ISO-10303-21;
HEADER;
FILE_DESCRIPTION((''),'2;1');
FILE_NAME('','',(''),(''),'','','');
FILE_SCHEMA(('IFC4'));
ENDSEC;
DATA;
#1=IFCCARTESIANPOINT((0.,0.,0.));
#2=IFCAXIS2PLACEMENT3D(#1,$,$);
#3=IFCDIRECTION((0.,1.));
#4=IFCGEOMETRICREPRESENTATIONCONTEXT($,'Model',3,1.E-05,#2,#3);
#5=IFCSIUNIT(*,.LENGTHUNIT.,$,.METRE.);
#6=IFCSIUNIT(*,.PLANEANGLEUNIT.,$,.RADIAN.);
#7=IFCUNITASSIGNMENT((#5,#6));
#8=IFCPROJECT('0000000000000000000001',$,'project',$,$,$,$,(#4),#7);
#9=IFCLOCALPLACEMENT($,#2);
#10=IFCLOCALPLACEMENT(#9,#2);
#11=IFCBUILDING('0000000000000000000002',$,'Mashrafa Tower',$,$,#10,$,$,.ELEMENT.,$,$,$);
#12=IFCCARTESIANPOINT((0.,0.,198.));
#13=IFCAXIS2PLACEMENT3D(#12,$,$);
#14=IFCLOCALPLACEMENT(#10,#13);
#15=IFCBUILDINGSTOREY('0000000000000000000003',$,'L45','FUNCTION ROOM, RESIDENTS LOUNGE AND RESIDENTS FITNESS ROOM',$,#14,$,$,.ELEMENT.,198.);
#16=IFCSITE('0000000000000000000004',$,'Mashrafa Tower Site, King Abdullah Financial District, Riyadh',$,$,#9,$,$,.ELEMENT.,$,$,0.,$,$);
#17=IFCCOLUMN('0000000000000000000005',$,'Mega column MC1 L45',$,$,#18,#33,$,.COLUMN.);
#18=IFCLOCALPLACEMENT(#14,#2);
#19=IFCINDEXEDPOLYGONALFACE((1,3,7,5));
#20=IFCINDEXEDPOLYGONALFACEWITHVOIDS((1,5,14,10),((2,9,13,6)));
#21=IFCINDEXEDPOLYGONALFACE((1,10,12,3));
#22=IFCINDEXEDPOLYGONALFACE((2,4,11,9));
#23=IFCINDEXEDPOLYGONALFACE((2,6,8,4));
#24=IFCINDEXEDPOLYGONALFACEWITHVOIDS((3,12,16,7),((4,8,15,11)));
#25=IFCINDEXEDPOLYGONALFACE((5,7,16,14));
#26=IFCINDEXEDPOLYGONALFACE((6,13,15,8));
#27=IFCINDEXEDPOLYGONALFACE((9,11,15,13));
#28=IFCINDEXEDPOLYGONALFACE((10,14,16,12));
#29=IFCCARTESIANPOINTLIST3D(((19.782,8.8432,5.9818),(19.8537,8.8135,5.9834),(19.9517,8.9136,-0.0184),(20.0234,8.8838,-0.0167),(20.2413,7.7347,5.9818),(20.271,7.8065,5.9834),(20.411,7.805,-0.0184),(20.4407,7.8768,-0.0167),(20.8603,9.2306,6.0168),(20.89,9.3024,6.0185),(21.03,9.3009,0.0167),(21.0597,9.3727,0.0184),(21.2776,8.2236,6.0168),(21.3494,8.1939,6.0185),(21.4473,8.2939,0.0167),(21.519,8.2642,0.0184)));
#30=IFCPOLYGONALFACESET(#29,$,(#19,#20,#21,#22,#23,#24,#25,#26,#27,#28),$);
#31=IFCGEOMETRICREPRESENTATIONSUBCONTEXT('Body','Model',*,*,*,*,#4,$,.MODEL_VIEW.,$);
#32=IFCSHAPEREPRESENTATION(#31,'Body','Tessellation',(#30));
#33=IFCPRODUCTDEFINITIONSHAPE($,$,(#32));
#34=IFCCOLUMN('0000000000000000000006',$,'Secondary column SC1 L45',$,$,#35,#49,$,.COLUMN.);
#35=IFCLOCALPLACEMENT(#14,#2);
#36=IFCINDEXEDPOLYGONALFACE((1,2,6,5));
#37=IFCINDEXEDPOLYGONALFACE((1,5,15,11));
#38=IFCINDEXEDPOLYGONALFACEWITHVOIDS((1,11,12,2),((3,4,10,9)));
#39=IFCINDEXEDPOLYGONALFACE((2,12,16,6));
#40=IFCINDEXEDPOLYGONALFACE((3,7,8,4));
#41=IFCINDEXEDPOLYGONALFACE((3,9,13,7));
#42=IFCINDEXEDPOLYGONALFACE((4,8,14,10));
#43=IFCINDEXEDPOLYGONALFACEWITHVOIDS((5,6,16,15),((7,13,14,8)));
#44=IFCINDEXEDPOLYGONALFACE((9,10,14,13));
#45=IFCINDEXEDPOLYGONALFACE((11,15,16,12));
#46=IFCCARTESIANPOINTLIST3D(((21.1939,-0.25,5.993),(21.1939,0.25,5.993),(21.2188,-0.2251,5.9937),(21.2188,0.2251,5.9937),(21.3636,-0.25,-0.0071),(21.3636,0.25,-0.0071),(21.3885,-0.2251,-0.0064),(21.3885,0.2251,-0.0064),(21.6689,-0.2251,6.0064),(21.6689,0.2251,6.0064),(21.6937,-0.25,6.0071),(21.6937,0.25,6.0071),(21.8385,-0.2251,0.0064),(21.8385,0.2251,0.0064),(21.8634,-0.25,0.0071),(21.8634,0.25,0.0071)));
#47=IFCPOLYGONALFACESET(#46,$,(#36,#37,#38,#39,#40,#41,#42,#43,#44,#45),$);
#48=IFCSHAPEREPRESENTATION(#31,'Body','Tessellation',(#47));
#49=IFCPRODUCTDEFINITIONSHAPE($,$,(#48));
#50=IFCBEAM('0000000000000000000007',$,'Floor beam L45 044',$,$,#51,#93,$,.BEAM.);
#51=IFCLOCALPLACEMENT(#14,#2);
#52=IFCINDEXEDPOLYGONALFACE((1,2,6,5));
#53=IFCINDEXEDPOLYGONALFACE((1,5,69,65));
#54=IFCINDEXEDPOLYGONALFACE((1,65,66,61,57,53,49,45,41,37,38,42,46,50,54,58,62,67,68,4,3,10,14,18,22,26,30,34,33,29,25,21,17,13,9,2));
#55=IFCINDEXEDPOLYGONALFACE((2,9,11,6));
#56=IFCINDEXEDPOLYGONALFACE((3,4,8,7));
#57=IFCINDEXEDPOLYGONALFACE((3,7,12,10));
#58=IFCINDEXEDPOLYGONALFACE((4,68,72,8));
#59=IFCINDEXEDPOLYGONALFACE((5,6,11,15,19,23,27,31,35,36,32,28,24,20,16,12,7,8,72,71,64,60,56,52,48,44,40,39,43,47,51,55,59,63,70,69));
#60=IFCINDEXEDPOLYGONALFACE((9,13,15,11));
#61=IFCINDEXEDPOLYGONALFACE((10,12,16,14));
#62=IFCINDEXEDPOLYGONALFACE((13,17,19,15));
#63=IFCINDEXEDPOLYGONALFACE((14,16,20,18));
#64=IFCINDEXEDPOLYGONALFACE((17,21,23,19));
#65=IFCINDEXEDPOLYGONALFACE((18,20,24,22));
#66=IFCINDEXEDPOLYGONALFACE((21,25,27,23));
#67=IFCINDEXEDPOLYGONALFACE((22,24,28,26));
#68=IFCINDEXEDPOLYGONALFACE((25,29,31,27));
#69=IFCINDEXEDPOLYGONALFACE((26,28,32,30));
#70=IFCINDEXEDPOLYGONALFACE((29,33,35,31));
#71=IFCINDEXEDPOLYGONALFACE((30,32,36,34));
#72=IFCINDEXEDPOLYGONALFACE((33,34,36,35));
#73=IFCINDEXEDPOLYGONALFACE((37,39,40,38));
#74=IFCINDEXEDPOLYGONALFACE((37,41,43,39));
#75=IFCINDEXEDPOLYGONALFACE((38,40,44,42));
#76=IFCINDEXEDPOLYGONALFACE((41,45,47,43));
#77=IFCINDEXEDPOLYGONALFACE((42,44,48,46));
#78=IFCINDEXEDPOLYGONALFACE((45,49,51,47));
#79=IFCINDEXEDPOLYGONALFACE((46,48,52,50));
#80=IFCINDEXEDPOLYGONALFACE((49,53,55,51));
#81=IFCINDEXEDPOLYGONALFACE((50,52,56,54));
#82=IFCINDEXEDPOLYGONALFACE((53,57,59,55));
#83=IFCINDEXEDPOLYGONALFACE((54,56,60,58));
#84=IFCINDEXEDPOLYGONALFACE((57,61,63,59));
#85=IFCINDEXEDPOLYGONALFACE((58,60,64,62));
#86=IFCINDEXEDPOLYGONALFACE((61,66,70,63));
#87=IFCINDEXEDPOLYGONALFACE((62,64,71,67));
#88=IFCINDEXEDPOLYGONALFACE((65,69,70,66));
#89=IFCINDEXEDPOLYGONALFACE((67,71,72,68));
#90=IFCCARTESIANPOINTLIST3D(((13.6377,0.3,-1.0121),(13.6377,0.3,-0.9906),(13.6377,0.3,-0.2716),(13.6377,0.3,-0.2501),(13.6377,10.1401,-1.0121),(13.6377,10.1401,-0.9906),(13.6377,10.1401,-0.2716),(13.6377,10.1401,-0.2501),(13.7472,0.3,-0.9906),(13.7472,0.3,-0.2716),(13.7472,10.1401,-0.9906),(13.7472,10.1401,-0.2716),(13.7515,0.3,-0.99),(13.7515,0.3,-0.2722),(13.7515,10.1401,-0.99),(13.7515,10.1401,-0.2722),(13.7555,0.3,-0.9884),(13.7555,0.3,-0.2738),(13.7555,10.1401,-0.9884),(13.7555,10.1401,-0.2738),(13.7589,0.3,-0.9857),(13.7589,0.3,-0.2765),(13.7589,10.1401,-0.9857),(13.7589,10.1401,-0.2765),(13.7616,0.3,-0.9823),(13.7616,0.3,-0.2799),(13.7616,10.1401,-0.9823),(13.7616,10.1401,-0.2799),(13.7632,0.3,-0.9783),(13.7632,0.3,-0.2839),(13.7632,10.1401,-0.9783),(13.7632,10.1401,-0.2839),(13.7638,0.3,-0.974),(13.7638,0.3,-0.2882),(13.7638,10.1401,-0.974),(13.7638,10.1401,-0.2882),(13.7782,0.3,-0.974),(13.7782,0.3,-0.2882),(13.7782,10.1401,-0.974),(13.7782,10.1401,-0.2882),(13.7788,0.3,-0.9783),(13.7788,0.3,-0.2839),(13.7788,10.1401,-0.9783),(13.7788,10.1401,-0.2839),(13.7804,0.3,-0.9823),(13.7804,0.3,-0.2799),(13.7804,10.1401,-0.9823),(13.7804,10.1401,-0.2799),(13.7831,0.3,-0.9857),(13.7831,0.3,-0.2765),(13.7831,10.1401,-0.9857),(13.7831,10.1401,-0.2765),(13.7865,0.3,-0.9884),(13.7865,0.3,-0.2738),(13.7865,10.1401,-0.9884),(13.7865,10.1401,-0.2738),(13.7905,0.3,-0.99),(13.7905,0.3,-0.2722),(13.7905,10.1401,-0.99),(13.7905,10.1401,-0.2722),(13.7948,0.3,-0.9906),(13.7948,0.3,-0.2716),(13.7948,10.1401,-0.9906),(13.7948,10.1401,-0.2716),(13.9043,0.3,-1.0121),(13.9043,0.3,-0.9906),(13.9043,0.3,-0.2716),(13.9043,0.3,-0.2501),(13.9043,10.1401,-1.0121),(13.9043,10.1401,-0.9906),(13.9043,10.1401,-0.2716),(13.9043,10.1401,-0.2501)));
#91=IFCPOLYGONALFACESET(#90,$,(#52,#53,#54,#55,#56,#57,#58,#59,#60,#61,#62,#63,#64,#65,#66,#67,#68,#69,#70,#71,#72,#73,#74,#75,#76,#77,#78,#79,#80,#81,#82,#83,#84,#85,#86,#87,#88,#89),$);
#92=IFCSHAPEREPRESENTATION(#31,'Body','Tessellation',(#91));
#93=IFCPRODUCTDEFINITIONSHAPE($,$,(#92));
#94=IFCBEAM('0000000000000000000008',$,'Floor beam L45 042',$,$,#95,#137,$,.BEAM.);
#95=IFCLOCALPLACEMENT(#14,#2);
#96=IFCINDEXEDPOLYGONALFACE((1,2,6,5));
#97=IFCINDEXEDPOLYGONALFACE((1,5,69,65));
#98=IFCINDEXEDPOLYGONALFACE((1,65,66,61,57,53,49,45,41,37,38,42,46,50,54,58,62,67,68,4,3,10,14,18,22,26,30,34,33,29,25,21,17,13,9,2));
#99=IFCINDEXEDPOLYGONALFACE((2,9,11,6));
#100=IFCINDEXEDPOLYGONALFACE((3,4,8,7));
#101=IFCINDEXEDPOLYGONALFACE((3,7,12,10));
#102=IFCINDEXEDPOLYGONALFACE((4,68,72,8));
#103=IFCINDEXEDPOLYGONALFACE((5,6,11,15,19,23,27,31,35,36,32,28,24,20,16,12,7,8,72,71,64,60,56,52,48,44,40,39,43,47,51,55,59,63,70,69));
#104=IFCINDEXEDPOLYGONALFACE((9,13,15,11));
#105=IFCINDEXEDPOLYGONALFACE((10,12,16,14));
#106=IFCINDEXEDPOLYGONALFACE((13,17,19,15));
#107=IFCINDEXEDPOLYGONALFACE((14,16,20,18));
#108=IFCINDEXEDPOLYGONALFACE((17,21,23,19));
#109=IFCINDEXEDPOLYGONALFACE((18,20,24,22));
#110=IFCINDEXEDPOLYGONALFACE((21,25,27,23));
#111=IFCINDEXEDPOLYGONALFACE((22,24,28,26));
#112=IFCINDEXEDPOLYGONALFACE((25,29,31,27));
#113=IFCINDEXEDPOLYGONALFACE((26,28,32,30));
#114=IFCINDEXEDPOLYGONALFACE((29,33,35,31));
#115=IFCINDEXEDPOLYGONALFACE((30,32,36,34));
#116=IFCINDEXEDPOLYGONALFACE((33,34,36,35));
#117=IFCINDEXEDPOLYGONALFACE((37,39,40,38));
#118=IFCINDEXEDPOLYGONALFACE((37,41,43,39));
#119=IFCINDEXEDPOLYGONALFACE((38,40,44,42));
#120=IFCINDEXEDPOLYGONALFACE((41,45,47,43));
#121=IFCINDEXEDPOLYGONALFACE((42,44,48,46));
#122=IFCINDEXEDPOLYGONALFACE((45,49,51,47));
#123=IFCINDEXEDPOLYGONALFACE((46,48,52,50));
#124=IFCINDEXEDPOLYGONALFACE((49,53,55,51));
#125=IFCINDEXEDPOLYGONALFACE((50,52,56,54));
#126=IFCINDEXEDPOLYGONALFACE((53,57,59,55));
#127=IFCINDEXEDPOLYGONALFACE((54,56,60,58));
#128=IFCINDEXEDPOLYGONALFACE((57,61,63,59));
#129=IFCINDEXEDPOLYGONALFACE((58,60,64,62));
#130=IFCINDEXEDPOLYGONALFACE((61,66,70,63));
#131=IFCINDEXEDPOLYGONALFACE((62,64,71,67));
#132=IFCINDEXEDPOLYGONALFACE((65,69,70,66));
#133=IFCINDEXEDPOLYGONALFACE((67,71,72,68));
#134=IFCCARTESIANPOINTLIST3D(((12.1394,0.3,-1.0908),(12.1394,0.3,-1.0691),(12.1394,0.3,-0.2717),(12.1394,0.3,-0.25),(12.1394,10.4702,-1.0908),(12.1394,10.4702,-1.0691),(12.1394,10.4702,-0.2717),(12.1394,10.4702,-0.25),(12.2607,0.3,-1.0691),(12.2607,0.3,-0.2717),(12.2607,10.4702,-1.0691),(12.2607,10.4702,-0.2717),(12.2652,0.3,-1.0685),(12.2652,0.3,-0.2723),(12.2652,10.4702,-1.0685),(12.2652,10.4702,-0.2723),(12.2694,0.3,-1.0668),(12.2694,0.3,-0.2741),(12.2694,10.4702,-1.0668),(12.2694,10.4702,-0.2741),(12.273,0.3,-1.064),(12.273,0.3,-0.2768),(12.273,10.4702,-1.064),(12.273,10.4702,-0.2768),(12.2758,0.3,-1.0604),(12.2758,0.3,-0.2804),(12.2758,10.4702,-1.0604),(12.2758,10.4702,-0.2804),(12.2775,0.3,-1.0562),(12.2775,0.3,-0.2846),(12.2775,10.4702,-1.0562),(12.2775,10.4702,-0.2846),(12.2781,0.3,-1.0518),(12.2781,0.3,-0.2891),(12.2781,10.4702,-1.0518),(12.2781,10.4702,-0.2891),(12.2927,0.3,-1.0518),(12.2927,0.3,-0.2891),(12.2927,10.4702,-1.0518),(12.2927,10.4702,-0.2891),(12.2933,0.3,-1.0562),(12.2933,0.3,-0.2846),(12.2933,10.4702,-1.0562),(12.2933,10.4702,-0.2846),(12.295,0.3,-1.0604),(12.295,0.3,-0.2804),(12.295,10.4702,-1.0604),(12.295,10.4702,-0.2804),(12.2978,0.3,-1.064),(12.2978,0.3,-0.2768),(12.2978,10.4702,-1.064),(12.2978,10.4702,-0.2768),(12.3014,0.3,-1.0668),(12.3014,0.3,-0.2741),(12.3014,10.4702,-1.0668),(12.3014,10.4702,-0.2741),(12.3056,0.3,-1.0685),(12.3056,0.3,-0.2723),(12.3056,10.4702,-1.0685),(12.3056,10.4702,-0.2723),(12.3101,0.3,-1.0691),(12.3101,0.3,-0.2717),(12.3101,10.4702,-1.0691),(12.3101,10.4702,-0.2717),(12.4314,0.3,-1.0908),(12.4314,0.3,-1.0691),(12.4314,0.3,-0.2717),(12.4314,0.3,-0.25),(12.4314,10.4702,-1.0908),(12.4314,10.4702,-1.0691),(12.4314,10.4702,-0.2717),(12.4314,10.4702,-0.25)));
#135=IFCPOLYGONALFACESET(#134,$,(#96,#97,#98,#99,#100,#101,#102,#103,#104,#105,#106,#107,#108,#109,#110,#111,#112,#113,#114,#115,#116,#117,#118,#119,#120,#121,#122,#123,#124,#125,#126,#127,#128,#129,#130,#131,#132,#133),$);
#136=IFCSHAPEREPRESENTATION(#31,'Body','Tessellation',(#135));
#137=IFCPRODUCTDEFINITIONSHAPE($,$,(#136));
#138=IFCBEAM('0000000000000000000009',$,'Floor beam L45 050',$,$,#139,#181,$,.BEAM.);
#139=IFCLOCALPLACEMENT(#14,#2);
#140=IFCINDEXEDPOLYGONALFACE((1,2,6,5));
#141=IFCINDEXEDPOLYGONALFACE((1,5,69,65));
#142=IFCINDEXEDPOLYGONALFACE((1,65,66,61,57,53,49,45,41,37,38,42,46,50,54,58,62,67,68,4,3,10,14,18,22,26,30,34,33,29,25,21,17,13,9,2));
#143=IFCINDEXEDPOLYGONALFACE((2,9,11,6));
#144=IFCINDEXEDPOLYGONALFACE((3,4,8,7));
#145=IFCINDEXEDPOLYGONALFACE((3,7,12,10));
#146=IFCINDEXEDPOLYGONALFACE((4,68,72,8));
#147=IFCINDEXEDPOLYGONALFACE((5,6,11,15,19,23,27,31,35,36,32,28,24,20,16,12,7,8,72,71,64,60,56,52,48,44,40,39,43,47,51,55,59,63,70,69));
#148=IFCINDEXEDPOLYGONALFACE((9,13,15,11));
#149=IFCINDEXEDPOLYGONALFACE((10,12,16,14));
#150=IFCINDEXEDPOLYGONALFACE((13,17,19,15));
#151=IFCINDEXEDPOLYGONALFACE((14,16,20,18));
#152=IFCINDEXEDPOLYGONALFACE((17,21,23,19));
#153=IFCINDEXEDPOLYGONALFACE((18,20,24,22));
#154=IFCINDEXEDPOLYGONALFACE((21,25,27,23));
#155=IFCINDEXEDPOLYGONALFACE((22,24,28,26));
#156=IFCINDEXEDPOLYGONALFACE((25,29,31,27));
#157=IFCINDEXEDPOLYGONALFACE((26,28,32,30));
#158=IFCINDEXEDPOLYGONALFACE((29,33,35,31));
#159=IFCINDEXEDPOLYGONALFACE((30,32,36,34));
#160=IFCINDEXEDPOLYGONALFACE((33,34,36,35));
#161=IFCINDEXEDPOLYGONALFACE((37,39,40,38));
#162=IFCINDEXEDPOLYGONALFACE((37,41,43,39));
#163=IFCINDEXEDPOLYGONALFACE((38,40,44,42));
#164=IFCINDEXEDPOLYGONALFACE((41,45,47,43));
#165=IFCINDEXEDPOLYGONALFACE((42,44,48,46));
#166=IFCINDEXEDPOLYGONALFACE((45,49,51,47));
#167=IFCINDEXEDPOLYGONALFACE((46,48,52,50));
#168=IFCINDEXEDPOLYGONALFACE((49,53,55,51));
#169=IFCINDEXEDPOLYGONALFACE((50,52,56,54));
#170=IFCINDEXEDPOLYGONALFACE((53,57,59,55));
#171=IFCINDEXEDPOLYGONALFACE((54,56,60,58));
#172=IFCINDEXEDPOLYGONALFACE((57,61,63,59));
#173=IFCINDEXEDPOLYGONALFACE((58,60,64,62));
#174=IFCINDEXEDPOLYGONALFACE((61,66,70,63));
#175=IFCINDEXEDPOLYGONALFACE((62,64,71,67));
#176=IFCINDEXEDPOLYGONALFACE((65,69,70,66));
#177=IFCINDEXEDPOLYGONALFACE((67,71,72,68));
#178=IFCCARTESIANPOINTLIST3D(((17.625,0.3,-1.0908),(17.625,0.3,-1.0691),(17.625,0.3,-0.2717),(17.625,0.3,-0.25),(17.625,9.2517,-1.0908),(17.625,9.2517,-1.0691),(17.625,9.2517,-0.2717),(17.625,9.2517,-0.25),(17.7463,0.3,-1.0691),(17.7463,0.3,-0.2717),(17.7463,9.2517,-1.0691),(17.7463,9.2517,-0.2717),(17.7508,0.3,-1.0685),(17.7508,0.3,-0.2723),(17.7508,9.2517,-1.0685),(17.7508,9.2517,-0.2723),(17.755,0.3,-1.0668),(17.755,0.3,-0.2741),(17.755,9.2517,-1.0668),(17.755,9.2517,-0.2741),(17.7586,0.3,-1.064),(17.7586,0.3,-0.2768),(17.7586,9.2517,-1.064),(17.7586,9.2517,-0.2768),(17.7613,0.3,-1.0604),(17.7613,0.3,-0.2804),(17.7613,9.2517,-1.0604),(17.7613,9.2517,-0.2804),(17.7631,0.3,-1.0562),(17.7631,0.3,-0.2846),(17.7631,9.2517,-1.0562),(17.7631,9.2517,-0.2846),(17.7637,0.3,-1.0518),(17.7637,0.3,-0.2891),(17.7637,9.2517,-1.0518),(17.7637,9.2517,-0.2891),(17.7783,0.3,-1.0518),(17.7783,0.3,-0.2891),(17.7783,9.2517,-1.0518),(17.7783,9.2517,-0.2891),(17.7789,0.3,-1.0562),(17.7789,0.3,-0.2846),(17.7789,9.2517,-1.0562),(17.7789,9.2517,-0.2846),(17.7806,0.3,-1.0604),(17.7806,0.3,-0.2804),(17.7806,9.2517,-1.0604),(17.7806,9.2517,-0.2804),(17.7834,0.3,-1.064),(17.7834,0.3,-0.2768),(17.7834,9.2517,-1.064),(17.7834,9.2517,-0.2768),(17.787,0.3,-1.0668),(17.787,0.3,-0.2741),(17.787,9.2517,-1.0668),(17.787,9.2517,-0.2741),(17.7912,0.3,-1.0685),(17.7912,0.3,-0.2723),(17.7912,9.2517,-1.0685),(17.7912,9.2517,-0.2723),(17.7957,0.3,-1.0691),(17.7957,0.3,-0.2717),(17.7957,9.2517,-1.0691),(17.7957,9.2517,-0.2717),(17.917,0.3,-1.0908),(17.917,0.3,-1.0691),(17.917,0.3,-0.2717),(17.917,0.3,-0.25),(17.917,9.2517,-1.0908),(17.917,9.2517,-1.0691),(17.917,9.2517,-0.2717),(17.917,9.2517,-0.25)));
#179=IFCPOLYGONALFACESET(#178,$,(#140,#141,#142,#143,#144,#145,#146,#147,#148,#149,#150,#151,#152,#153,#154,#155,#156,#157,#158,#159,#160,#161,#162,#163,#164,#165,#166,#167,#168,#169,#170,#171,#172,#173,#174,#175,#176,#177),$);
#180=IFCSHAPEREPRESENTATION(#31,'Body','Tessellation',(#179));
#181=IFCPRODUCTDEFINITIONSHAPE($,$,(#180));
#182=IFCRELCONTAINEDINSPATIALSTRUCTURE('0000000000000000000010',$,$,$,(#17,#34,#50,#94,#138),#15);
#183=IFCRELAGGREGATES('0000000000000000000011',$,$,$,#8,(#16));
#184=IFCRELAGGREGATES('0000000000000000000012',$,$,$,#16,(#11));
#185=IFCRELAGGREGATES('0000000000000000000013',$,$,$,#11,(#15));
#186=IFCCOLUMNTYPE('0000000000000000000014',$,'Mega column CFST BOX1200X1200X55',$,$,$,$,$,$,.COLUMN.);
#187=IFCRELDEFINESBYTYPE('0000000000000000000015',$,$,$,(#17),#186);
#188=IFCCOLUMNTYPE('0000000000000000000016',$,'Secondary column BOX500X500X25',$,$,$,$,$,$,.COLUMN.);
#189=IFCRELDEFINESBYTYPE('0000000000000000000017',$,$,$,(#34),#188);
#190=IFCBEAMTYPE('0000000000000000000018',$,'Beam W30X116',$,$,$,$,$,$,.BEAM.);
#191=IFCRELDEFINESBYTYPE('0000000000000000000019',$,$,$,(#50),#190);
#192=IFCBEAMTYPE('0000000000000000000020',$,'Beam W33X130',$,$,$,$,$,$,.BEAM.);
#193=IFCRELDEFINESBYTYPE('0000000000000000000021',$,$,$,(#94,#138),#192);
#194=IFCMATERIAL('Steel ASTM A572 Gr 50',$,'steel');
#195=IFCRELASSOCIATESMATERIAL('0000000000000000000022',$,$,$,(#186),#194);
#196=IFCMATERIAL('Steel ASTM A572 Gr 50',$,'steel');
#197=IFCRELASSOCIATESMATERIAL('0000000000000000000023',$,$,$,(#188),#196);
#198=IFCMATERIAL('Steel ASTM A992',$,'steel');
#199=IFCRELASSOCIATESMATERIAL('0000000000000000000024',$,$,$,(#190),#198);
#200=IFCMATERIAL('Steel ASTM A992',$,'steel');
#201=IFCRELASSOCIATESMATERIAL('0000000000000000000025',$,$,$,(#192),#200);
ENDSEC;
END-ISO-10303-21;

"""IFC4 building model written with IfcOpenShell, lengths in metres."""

from ifc_helpers import new_model, si_unit, direction, frame, origin, origin_2d, place, context, subcontext, project, spatial, hollow_rectangle, i_section, extrude, material, material_profile, profile_set, type_object, element, save


model = new_model("IFC4")

# Units and contexts
model_context = context("Model", 3, precision=1e-05, world=origin(), true_north=direction((0.0, 1.0)))
body_context = subcontext(model_context, "Body", "Model", "MODEL_VIEW")
ifc_project = project(units=[si_unit("LENGTHUNIT", "METRE"), si_unit("PLANEANGLEUNIT", "RADIAN")], contexts=[model_context])

# Site, building, storey
site_placement = place(None, origin())
site = spatial("IfcSite", under=ifc_project, at=site_placement, Name="Mashrafa Tower Site, King Abdullah Financial District, Riyadh", CompositionType="ELEMENT", RefElevation=0.0)
building_placement = place(site_placement, origin())
building = spatial("IfcBuilding", under=site, at=building_placement, Name="Mashrafa Tower", CompositionType="ELEMENT")
storey_placement = place(building_placement, frame((0.0, 0.0, 198.0)))
storey = spatial("IfcBuildingStorey", under=building, at=storey_placement, Name="L45", Description="FUNCTION ROOM, RESIDENTS LOUNGE AND RESIDENTS FITNESS ROOM", CompositionType="ELEMENT", Elevation=198.0)

# Columns
ifc_material_1 = material(Name="Steel ASTM A572 Gr 50", Category="steel")
ifc_material_profile_1 = material_profile(ifc_material_1, hollow_rectangle(XDim=1.2, YDim=1.2, WallThickness=0.0549, at=origin_2d()), Name="BOX1200X1200X55")
ifc_profile_set_1 = profile_set([ifc_material_profile_1], Name="Steel ASTM A572 Gr 50")
column_type_1 = type_object("IfcColumnType", Name="Mega column CFST BOX1200X1200X55", PredefinedType="COLUMN", material=ifc_profile_set_1)
column_1_placement = place(storey_placement, frame((20.7354, 8.5889, 0.0), z_axis=(-0.028266, -0.011713, 0.999532), x_axis=(0.382821, -0.923822, 0.0)))
element("IfcColumn", 1, at=column_1_placement, inside=storey, type_object=column_type_1, Name="Mega column MC1 L45", PredefinedType="COLUMN", context=body_context, shape_type="SweptSolid", body=[
    extrude(hollow_rectangle(XDim=1.2, YDim=1.2, WallThickness=0.0549, at=origin_2d()), origin(), (0.0, 0.0, 1.0), 6.0029),
])
ifc_material_2 = material(Name="Steel ASTM A572 Gr 50", Category="steel")
ifc_material_profile_2 = material_profile(ifc_material_2, hollow_rectangle(XDim=0.5, YDim=0.5, WallThickness=0.0249, at=origin_2d()), Name="BOX500X500X25")
ifc_profile_set_2 = profile_set([ifc_material_profile_2], Name="Steel ASTM A572 Gr 50")
column_type_2 = type_object("IfcColumnType", Name="Secondary column BOX500X500X25", PredefinedType="COLUMN", material=ifc_profile_set_2)
column_2_placement = place(storey_placement, frame((21.6135, 0.0, 0.0), z_axis=(-0.028268, 0.0, 0.9996), x_axis=(0.0, -1.0, 0.0)))
element("IfcColumn", 2, at=column_2_placement, inside=storey, type_object=column_type_2, Name="Secondary column SC1 L45", PredefinedType="COLUMN", context=body_context, shape_type="SweptSolid", body=[
    extrude(hollow_rectangle(XDim=0.5, YDim=0.5, WallThickness=0.0249, at=origin_2d()), origin(), (0.0, 0.0, 1.0), 6.0024),
])

# Beams
ifc_material_3 = material(Name="Steel ASTM A992", Category="steel")
ifc_material_profile_3 = material_profile(ifc_material_3, i_section(OverallWidth=0.2666, OverallDepth=0.762, WebThickness=0.0144, FlangeThickness=0.0215, FilletRadius=0.0166, at=origin_2d()), Name="W30X116")
ifc_profile_set_3 = profile_set([ifc_material_profile_3], Name="Steel ASTM A992")
beam_type_1 = type_object("IfcBeamType", Name="Beam W30X116", PredefinedType="BEAM", material=ifc_profile_set_3)
beam_1_placement = place(storey_placement, frame((13.771, 10.1401, -0.6311), z_axis=(0.0, -1.0, 0.0), x_axis=(1.0, 0.0, 0.0)))
element("IfcBeam", 3, at=beam_1_placement, inside=storey, type_object=beam_type_1, Name="Floor beam L45 044", PredefinedType="BEAM", context=body_context, shape_type="SweptSolid", body=[
    extrude(i_section(OverallWidth=0.2666, OverallDepth=0.762, WebThickness=0.0144, FlangeThickness=0.0215, FilletRadius=0.0166, at=origin_2d()), origin(), (0.0, 0.0, 1.0), 9.8401),
])
ifc_material_4 = material(Name="Steel ASTM A992", Category="steel")
ifc_material_profile_4 = material_profile(ifc_material_4, i_section(OverallWidth=0.292, OverallDepth=0.8408, WebThickness=0.0146, FlangeThickness=0.0217, FilletRadius=0.0173, at=origin_2d()), Name="W33X130")
ifc_profile_set_4 = profile_set([ifc_material_profile_4], Name="Steel ASTM A992")
beam_type_2 = type_object("IfcBeamType", Name="Beam W33X130", PredefinedType="BEAM", material=ifc_profile_set_4)
beam_2_placement = place(storey_placement, frame((12.2854, 10.4702, -0.6704), z_axis=(0.0, -1.0, 0.0), x_axis=(1.0, 0.0, 0.0)))
element("IfcBeam", 4, at=beam_2_placement, inside=storey, type_object=beam_type_2, Name="Floor beam L45 042", PredefinedType="BEAM", context=body_context, shape_type="SweptSolid", body=[
    extrude(i_section(OverallWidth=0.292, OverallDepth=0.8408, WebThickness=0.0146, FlangeThickness=0.0217, FilletRadius=0.0173, at=origin_2d()), origin(), (0.0, 0.0, 1.0), 10.1702),
])
beam_3_placement = place(storey_placement, frame((17.771, 9.2517, -0.6704), z_axis=(0.0, -1.0, 0.0), x_axis=(1.0, 0.0, 0.0)))
element("IfcBeam", 5, at=beam_3_placement, inside=storey, type_object=beam_type_2, Name="Floor beam L45 050", PredefinedType="BEAM", context=body_context, shape_type="SweptSolid", body=[
    extrude(i_section(OverallWidth=0.292, OverallDepth=0.8408, WebThickness=0.0146, FlangeThickness=0.0217, FilletRadius=0.0173, at=origin_2d()), origin(), (0.0, 0.0, 1.0), 8.9517),
])

save(model, "model.ifc")
